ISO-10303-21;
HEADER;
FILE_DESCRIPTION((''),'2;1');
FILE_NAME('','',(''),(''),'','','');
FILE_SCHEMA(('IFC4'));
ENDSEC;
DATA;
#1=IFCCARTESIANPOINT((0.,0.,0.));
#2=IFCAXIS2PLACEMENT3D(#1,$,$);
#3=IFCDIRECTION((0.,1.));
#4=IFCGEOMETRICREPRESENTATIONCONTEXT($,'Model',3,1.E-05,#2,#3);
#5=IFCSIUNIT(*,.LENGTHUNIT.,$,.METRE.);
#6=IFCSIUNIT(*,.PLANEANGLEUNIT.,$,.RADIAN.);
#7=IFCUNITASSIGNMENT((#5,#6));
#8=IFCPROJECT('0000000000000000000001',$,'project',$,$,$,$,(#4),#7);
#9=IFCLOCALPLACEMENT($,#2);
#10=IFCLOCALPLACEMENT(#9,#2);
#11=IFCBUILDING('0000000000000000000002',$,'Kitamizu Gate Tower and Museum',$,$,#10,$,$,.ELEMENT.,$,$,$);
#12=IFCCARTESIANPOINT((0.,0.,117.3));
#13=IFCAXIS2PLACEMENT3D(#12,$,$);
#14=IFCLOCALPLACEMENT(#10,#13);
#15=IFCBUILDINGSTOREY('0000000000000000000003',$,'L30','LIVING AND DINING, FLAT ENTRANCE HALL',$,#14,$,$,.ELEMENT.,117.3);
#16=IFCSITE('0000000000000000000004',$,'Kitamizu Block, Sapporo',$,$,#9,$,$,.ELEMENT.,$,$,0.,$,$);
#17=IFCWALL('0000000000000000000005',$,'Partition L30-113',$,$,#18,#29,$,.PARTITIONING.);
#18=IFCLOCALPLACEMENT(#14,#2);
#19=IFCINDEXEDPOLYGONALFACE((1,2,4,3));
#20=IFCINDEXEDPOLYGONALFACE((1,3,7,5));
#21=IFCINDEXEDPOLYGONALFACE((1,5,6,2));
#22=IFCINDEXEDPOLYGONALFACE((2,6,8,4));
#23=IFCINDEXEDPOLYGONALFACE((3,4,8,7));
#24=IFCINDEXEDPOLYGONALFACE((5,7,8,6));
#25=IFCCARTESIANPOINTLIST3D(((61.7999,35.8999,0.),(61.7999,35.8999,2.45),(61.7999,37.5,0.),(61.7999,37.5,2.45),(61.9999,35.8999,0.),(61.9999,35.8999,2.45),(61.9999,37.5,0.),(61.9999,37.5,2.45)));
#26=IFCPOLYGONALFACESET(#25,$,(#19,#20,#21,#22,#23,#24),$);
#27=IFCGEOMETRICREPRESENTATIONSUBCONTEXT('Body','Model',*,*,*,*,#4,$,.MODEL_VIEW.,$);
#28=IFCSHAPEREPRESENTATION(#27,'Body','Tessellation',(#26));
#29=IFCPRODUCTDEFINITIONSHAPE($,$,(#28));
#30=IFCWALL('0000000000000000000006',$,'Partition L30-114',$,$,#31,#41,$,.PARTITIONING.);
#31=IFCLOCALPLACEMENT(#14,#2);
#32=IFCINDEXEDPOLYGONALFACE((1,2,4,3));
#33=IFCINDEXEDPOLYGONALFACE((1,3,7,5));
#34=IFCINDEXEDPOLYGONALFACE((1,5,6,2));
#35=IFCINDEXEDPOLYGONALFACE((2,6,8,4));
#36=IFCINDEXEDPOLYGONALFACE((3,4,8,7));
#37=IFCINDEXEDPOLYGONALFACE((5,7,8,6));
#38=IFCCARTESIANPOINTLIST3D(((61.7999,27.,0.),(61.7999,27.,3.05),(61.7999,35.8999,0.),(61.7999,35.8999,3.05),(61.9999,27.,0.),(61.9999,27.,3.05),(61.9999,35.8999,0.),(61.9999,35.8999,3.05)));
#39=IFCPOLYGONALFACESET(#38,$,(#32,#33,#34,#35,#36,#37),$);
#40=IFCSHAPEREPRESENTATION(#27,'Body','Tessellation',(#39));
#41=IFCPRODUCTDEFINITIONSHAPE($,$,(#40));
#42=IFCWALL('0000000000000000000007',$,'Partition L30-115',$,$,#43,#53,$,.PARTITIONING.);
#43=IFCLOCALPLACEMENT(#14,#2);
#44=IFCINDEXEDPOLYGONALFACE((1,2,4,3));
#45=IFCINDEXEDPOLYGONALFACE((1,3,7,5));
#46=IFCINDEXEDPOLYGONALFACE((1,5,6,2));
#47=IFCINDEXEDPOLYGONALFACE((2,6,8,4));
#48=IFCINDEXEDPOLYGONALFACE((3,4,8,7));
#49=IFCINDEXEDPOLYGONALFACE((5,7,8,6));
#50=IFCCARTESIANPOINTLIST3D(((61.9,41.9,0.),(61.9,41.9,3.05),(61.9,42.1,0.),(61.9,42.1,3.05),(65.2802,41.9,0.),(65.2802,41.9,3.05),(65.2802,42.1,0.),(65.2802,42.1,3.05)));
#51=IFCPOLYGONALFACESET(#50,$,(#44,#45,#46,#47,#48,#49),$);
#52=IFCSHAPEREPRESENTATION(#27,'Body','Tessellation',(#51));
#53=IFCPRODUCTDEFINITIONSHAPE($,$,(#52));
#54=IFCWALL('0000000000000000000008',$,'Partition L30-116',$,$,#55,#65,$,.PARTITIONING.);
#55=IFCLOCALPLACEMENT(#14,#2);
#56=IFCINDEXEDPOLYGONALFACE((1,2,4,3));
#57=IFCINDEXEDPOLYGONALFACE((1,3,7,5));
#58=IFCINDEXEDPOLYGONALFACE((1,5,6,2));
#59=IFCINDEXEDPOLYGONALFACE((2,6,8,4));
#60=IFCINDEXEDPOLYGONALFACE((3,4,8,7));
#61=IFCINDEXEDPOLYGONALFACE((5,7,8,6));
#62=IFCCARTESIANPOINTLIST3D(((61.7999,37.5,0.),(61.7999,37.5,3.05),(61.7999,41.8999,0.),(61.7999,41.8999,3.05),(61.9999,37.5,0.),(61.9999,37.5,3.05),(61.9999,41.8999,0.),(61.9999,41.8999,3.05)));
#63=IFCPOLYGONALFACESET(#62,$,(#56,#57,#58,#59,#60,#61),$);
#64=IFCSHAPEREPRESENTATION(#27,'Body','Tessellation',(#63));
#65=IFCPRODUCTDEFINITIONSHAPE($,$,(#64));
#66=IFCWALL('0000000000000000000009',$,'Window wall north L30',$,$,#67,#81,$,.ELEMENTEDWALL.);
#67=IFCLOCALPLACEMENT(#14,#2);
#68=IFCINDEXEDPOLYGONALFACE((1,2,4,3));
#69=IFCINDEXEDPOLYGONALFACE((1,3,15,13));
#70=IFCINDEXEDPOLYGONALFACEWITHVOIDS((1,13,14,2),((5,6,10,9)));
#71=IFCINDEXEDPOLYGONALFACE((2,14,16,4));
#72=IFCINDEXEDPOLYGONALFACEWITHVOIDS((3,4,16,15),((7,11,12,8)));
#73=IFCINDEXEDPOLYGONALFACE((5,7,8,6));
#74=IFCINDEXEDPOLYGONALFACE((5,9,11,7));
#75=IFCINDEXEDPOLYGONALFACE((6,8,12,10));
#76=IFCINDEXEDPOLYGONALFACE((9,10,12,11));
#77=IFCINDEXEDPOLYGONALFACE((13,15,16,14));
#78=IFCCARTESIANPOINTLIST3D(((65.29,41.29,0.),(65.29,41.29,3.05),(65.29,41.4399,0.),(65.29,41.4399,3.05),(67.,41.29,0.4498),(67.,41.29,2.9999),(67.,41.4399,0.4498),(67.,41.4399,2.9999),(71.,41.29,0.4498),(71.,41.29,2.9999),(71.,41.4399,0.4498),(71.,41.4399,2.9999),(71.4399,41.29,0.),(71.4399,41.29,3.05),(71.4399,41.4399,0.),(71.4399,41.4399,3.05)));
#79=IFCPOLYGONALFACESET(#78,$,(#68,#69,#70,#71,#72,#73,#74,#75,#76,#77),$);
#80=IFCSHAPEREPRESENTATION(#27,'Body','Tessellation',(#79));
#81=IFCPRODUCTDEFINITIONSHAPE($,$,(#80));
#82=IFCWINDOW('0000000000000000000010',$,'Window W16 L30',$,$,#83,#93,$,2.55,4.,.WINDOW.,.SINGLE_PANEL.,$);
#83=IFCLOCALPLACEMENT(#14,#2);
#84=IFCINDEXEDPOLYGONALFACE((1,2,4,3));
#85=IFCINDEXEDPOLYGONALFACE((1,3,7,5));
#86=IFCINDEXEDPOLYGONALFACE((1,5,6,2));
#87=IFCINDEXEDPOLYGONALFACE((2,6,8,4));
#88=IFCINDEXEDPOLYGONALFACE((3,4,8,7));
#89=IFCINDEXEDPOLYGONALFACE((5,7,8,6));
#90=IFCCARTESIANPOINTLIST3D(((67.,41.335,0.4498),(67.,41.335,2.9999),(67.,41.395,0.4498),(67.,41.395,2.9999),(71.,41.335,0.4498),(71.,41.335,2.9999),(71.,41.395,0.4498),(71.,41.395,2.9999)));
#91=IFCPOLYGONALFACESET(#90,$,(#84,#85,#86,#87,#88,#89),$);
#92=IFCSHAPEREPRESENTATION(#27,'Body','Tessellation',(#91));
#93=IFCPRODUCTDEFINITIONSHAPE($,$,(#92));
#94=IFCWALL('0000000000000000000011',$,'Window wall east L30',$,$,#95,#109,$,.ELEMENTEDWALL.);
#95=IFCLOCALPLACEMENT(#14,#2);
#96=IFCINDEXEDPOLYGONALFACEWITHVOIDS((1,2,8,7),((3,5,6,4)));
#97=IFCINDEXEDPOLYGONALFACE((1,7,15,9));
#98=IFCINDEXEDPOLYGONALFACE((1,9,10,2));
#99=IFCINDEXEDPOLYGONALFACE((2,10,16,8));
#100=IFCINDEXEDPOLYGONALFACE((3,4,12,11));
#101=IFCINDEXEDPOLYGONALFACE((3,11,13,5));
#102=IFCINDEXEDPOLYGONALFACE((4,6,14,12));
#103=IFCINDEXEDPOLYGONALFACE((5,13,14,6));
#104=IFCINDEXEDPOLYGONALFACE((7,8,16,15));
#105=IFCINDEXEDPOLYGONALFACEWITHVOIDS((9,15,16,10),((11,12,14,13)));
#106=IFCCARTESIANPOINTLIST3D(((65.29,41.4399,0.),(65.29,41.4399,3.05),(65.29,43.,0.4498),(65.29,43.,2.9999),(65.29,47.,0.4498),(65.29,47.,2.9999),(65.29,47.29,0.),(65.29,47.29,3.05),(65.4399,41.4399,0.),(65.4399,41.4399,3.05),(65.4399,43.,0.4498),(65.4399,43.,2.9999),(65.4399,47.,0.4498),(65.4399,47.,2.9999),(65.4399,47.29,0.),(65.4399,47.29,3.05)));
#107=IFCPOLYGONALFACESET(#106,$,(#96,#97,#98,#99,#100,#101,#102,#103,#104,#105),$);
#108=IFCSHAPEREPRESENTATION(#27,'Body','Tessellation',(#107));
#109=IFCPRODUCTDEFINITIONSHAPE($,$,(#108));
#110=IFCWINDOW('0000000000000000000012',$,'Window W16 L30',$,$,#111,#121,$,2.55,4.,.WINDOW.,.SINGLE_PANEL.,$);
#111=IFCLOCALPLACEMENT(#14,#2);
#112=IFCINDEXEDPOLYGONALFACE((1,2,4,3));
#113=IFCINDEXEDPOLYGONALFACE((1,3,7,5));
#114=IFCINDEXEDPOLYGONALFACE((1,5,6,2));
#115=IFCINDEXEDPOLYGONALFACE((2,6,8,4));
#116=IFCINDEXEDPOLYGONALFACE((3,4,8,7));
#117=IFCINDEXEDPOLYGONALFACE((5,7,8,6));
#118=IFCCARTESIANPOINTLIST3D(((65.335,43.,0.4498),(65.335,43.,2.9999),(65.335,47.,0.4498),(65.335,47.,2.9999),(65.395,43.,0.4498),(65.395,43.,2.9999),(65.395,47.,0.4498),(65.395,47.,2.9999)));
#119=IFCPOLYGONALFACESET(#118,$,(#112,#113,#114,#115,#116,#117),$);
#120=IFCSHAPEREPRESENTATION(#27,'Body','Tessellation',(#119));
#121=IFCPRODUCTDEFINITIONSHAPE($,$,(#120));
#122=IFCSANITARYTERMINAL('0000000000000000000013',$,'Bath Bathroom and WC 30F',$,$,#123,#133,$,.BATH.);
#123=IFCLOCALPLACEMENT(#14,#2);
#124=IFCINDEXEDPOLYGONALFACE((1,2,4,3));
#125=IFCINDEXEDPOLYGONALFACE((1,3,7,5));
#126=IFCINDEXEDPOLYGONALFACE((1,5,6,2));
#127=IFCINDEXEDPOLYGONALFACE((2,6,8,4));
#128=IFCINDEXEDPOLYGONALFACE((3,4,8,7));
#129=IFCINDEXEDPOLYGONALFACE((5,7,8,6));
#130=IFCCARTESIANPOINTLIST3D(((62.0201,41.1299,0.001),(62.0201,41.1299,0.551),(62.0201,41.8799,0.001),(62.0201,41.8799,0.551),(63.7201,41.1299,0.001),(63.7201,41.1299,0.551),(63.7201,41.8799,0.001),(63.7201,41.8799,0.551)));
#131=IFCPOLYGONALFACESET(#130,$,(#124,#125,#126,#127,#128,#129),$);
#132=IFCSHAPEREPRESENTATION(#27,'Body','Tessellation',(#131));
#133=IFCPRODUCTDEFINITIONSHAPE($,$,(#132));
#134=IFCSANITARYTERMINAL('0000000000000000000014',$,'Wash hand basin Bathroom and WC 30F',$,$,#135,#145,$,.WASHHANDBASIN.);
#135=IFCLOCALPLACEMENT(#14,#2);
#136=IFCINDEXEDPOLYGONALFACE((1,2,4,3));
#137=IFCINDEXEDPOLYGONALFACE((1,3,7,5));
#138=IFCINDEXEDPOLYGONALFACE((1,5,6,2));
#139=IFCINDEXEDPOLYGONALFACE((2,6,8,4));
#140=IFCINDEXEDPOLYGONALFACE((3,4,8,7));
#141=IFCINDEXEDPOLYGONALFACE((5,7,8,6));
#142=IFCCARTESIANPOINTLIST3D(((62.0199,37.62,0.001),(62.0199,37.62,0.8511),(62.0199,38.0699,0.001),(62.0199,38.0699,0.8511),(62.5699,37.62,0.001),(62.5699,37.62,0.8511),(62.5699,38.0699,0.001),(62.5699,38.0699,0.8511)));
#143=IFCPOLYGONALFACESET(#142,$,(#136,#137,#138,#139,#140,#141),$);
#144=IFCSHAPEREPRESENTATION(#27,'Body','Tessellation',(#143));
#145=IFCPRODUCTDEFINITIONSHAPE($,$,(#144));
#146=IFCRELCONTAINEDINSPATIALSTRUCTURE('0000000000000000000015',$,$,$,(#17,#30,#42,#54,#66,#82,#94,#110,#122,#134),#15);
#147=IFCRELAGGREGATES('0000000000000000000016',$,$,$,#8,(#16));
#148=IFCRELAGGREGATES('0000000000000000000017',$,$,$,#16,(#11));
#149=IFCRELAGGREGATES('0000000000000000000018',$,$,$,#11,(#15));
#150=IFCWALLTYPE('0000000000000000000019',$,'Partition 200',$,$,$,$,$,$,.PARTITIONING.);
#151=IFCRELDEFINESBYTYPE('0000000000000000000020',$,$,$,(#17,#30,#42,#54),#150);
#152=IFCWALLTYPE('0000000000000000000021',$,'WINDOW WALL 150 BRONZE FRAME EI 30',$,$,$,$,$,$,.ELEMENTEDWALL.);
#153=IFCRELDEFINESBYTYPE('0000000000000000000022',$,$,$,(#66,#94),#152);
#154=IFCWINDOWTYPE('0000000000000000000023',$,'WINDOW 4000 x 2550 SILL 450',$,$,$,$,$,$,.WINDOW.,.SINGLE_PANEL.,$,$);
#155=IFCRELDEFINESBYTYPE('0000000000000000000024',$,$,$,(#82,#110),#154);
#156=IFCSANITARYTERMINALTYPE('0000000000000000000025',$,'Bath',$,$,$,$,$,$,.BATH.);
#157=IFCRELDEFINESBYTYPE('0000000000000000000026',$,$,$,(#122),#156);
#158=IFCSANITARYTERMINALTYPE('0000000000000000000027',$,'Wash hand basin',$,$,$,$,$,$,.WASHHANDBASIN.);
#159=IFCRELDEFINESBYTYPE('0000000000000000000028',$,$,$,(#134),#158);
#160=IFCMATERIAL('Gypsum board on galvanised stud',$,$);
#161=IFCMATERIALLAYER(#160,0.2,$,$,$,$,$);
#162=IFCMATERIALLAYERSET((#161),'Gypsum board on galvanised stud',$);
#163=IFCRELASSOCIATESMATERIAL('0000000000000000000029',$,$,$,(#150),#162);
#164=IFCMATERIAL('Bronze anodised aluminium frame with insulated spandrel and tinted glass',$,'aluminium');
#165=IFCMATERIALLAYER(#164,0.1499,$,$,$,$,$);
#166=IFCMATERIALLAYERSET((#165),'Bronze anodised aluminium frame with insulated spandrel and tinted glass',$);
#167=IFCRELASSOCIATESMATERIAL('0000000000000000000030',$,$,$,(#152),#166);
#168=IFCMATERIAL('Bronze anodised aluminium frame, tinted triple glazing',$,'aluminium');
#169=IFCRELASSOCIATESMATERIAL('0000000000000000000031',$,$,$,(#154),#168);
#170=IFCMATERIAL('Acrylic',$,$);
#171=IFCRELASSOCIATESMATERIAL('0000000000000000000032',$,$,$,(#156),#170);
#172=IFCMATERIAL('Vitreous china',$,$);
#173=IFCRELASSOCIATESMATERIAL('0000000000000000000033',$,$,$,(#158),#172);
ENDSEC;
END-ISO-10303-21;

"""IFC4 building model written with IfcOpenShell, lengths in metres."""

from ifc_helpers import new_model, si_unit, direction, frame, frame_2d, origin, origin_2d, place, context, subcontext, project, spatial, rectangle, extrude, material, layer, layer_set, type_object, element, fill, save


model = new_model("IFC4")

# Units and contexts
model_context = context("Model", 3, precision=1e-05, world=origin(), true_north=direction((0.0, 1.0)))
body_context = subcontext(model_context, "Body", "Model", "MODEL_VIEW")
ifc_project = project(units=[si_unit("LENGTHUNIT", "METRE"), si_unit("PLANEANGLEUNIT", "RADIAN")], contexts=[model_context])

# Site, building, storey
site_placement = place(None, origin())
site = spatial("IfcSite", under=ifc_project, at=site_placement, Name="Kitamizu Block, Sapporo", CompositionType="ELEMENT", RefElevation=0.0)
building_placement = place(site_placement, origin())
building = spatial("IfcBuilding", under=site, at=building_placement, Name="Kitamizu Gate Tower and Museum", CompositionType="ELEMENT")
storey_placement = place(building_placement, frame((0.0, 0.0, 117.3)))
storey = spatial("IfcBuildingStorey", under=building, at=storey_placement, Name="L30", Description="LIVING AND DINING, FLAT ENTRANCE HALL", CompositionType="ELEMENT", Elevation=117.3)

# Walls
ifc_material_1 = material(Name="Gypsum board on galvanised stud")
ifc_layer_1 = layer(ifc_material_1, 0.2)
ifc_layer_set_1 = layer_set([ifc_layer_1], Name="Gypsum board on galvanised stud")
wall_type_1 = type_object("IfcWallType", Name="Partition 200", PredefinedType="PARTITIONING", material=ifc_layer_set_1)
wall_1_placement = place(storey_placement, frame((61.8999, 37.5, 0.0), z_axis=(0.0, 0.0, 1.0), x_axis=(0.0, -1.0, 0.0)))
element("IfcWall", 1, at=wall_1_placement, inside=storey, type_object=wall_type_1, Name="Partition L30-113", PredefinedType="PARTITIONING", context=body_context, shape_type="SweptSolid", body=[
    extrude(rectangle(XDim=1.6001, YDim=0.2, at=frame_2d((0.8, 0.0))), origin(), (0.0, 0.0, 1.0), 2.45),
])
wall_2_placement = place(storey_placement, frame((61.8999, 35.8999, 0.0), z_axis=(0.0, 0.0, 1.0), x_axis=(0.0, -1.0, 0.0)))
element("IfcWall", 2, at=wall_2_placement, inside=storey, type_object=wall_type_1, Name="Partition L30-114", PredefinedType="PARTITIONING", context=body_context, shape_type="SweptSolid", body=[
    extrude(rectangle(XDim=8.8999, YDim=0.2, at=frame_2d((4.45, 0.0))), origin(), (0.0, 0.0, 1.0), 3.05),
])
wall_3_placement = place(storey_placement, frame((65.28, 42.0, 0.0), z_axis=(0.0, 0.0, 1.0), x_axis=(-1.0, 0.0, 0.0)))
element("IfcWall", 3, at=wall_3_placement, inside=storey, type_object=wall_type_1, Name="Partition L30-115", PredefinedType="PARTITIONING", context=body_context, shape_type="SweptSolid", body=[
    extrude(rectangle(XDim=3.3801, YDim=0.2, at=frame_2d((1.6899, 0.0))), origin(), (0.0, 0.0, 1.0), 3.05),
])
wall_4_placement = place(storey_placement, frame((61.8999, 41.8999, 0.0), z_axis=(0.0, 0.0, 1.0), x_axis=(0.0, -1.0, 0.0)))
element("IfcWall", 4, at=wall_4_placement, inside=storey, type_object=wall_type_1, Name="Partition L30-116", PredefinedType="PARTITIONING", context=body_context, shape_type="SweptSolid", body=[
    extrude(rectangle(XDim=4.3999, YDim=0.2, at=frame_2d((2.2, 0.0))), origin(), (0.0, 0.0, 1.0), 3.05),
])

# Walls, openings, windows
ifc_material_2 = material(Name="Bronze anodised aluminium frame with insulated spandrel and tinted glass", Category="aluminium")
ifc_layer_2 = layer(ifc_material_2, 0.1499)
ifc_layer_set_2 = layer_set([ifc_layer_2], Name="Bronze anodised aluminium frame with insulated spandrel and tinted glass")
wall_type_2 = type_object("IfcWallType", Name="WINDOW WALL 150 BRONZE FRAME EI 30", PredefinedType="ELEMENTEDWALL", material=ifc_layer_set_2)
wall_5_placement = place(storey_placement, frame((65.29, 41.365, 0.0), z_axis=(0.0, 0.0, 1.0), x_axis=(1.0, 0.0, 0.0)))
wall_5 = element("IfcWall", 5, at=wall_5_placement, inside=storey, type_object=wall_type_2, Name="Window wall north L30", PredefinedType="ELEMENTEDWALL", context=body_context, shape_type="SweptSolid", body=[
    extrude(rectangle(XDim=6.1499, YDim=0.1499, at=frame_2d((3.075, 0.0))), origin(), (0.0, 0.0, 1.0), 3.05),
])
opening_1_placement = place(wall_5_placement, frame((1.71, 0.0, 0.45)))
opening_1 = element("IfcOpeningElement", 6, at=opening_1_placement, cuts=wall_5, PredefinedType="OPENING", context=body_context, shape_type="SweptSolid", body=[
    extrude(rectangle(XDim=4.0, YDim=2.55, at=frame_2d((2.0, 1.2749))), frame((0.0, 0.085, 0.0), z_axis=(0.0, -1.0, 0.0), x_axis=(1.0, 0.0, 0.0)), (0.0, 0.0, 1.0), 0.1699),
])
ifc_material_3 = material(Name="Bronze anodised aluminium frame, tinted triple glazing", Category="aluminium")
window_type = type_object("IfcWindowType", Name="WINDOW 4000 x 2550 SILL 450", PartitioningType="SINGLE_PANEL", PredefinedType="WINDOW", material=ifc_material_3)
window_1_placement = place(opening_1_placement, origin())
window_1 = element("IfcWindow", 7, at=window_1_placement, inside=storey, type_object=window_type, Name="Window W16 L30", OverallHeight=2.55, OverallWidth=4.0, PartitioningType="SINGLE_PANEL", PredefinedType="WINDOW", context=body_context, shape_type="SweptSolid", body=[
    extrude(rectangle(XDim=4.0, YDim=2.55, at=frame_2d((2.0, 1.2749))), frame((0.0, 0.03, 0.0), z_axis=(0.0, -1.0, 0.0), x_axis=(1.0, 0.0, 0.0)), (0.0, 0.0, 1.0), 0.0601),
])
fill(opening_1, window_1)
wall_6_placement = place(storey_placement, frame((65.365, 41.4399, 0.0), z_axis=(0.0, 0.0, 1.0), x_axis=(0.0, 1.0, 0.0)))
wall_6 = element("IfcWall", 8, at=wall_6_placement, inside=storey, type_object=wall_type_2, Name="Window wall east L30", PredefinedType="ELEMENTEDWALL", context=body_context, shape_type="SweptSolid", body=[
    extrude(rectangle(XDim=5.8501, YDim=0.1499, at=frame_2d((2.925, 0.0))), origin(), (0.0, 0.0, 1.0), 3.05),
])
opening_2_placement = place(wall_6_placement, frame((1.5601, 0.0, 0.45)))
opening_2 = element("IfcOpeningElement", 9, at=opening_2_placement, cuts=wall_6, PredefinedType="OPENING", context=body_context, shape_type="SweptSolid", body=[
    extrude(rectangle(XDim=4.0, YDim=2.55, at=frame_2d((2.0, 1.2749))), frame((0.0, 0.085, 0.0), z_axis=(0.0, -1.0, 0.0), x_axis=(1.0, 0.0, 0.0)), (0.0, 0.0, 1.0), 0.1699),
])
window_2_placement = place(opening_2_placement, origin())
window_2 = element("IfcWindow", 10, at=window_2_placement, inside=storey, type_object=window_type, Name="Window W16 L30", OverallHeight=2.55, OverallWidth=4.0, PartitioningType="SINGLE_PANEL", PredefinedType="WINDOW", context=body_context, shape_type="SweptSolid", body=[
    extrude(rectangle(XDim=4.0, YDim=2.55, at=frame_2d((2.0, 1.2749))), frame((0.0, 0.03, 0.0), z_axis=(0.0, -1.0, 0.0), x_axis=(1.0, 0.0, 0.0)), (0.0, 0.0, 1.0), 0.0601),
])
fill(opening_2, window_2)

# Sanitary terminals
ifc_material_4 = material(Name="Acrylic")
sanitary_terminal_type_1 = type_object("IfcSanitaryTerminalType", Name="Bath", PredefinedType="BATH", material=ifc_material_4)
sanitary_terminal_1_placement = place(storey_placement, frame((62.8701, 41.5049, 0.001), z_axis=(0.0, 0.0, 1.0), x_axis=(1.0, 0.0, 0.0)))
element("IfcSanitaryTerminal", 11, at=sanitary_terminal_1_placement, inside=storey, type_object=sanitary_terminal_type_1, Name="Bath Bathroom and WC 30F", PredefinedType="BATH", context=body_context, shape_type="SweptSolid", body=[
    extrude(rectangle(XDim=1.7, YDim=0.75, at=origin_2d()), origin(), (0.0, 0.0, 1.0), 0.55),
])
ifc_material_5 = material(Name="Vitreous china")
sanitary_terminal_type_2 = type_object("IfcSanitaryTerminalType", Name="Wash hand basin", PredefinedType="WASHHANDBASIN", material=ifc_material_5)
sanitary_terminal_2_placement = place(storey_placement, frame((62.2949, 37.845, 0.001), z_axis=(0.0, 0.0, 1.0), x_axis=(1.0, 0.0, 0.0)))
element("IfcSanitaryTerminal", 12, at=sanitary_terminal_2_placement, inside=storey, type_object=sanitary_terminal_type_2, Name="Wash hand basin Bathroom and WC 30F", PredefinedType="WASHHANDBASIN", context=body_context, shape_type="SweptSolid", body=[
    extrude(rectangle(XDim=0.55, YDim=0.45, at=origin_2d()), origin(), (0.0, 0.0, 1.0), 0.8501),
])

save(model, "model.ifc")
